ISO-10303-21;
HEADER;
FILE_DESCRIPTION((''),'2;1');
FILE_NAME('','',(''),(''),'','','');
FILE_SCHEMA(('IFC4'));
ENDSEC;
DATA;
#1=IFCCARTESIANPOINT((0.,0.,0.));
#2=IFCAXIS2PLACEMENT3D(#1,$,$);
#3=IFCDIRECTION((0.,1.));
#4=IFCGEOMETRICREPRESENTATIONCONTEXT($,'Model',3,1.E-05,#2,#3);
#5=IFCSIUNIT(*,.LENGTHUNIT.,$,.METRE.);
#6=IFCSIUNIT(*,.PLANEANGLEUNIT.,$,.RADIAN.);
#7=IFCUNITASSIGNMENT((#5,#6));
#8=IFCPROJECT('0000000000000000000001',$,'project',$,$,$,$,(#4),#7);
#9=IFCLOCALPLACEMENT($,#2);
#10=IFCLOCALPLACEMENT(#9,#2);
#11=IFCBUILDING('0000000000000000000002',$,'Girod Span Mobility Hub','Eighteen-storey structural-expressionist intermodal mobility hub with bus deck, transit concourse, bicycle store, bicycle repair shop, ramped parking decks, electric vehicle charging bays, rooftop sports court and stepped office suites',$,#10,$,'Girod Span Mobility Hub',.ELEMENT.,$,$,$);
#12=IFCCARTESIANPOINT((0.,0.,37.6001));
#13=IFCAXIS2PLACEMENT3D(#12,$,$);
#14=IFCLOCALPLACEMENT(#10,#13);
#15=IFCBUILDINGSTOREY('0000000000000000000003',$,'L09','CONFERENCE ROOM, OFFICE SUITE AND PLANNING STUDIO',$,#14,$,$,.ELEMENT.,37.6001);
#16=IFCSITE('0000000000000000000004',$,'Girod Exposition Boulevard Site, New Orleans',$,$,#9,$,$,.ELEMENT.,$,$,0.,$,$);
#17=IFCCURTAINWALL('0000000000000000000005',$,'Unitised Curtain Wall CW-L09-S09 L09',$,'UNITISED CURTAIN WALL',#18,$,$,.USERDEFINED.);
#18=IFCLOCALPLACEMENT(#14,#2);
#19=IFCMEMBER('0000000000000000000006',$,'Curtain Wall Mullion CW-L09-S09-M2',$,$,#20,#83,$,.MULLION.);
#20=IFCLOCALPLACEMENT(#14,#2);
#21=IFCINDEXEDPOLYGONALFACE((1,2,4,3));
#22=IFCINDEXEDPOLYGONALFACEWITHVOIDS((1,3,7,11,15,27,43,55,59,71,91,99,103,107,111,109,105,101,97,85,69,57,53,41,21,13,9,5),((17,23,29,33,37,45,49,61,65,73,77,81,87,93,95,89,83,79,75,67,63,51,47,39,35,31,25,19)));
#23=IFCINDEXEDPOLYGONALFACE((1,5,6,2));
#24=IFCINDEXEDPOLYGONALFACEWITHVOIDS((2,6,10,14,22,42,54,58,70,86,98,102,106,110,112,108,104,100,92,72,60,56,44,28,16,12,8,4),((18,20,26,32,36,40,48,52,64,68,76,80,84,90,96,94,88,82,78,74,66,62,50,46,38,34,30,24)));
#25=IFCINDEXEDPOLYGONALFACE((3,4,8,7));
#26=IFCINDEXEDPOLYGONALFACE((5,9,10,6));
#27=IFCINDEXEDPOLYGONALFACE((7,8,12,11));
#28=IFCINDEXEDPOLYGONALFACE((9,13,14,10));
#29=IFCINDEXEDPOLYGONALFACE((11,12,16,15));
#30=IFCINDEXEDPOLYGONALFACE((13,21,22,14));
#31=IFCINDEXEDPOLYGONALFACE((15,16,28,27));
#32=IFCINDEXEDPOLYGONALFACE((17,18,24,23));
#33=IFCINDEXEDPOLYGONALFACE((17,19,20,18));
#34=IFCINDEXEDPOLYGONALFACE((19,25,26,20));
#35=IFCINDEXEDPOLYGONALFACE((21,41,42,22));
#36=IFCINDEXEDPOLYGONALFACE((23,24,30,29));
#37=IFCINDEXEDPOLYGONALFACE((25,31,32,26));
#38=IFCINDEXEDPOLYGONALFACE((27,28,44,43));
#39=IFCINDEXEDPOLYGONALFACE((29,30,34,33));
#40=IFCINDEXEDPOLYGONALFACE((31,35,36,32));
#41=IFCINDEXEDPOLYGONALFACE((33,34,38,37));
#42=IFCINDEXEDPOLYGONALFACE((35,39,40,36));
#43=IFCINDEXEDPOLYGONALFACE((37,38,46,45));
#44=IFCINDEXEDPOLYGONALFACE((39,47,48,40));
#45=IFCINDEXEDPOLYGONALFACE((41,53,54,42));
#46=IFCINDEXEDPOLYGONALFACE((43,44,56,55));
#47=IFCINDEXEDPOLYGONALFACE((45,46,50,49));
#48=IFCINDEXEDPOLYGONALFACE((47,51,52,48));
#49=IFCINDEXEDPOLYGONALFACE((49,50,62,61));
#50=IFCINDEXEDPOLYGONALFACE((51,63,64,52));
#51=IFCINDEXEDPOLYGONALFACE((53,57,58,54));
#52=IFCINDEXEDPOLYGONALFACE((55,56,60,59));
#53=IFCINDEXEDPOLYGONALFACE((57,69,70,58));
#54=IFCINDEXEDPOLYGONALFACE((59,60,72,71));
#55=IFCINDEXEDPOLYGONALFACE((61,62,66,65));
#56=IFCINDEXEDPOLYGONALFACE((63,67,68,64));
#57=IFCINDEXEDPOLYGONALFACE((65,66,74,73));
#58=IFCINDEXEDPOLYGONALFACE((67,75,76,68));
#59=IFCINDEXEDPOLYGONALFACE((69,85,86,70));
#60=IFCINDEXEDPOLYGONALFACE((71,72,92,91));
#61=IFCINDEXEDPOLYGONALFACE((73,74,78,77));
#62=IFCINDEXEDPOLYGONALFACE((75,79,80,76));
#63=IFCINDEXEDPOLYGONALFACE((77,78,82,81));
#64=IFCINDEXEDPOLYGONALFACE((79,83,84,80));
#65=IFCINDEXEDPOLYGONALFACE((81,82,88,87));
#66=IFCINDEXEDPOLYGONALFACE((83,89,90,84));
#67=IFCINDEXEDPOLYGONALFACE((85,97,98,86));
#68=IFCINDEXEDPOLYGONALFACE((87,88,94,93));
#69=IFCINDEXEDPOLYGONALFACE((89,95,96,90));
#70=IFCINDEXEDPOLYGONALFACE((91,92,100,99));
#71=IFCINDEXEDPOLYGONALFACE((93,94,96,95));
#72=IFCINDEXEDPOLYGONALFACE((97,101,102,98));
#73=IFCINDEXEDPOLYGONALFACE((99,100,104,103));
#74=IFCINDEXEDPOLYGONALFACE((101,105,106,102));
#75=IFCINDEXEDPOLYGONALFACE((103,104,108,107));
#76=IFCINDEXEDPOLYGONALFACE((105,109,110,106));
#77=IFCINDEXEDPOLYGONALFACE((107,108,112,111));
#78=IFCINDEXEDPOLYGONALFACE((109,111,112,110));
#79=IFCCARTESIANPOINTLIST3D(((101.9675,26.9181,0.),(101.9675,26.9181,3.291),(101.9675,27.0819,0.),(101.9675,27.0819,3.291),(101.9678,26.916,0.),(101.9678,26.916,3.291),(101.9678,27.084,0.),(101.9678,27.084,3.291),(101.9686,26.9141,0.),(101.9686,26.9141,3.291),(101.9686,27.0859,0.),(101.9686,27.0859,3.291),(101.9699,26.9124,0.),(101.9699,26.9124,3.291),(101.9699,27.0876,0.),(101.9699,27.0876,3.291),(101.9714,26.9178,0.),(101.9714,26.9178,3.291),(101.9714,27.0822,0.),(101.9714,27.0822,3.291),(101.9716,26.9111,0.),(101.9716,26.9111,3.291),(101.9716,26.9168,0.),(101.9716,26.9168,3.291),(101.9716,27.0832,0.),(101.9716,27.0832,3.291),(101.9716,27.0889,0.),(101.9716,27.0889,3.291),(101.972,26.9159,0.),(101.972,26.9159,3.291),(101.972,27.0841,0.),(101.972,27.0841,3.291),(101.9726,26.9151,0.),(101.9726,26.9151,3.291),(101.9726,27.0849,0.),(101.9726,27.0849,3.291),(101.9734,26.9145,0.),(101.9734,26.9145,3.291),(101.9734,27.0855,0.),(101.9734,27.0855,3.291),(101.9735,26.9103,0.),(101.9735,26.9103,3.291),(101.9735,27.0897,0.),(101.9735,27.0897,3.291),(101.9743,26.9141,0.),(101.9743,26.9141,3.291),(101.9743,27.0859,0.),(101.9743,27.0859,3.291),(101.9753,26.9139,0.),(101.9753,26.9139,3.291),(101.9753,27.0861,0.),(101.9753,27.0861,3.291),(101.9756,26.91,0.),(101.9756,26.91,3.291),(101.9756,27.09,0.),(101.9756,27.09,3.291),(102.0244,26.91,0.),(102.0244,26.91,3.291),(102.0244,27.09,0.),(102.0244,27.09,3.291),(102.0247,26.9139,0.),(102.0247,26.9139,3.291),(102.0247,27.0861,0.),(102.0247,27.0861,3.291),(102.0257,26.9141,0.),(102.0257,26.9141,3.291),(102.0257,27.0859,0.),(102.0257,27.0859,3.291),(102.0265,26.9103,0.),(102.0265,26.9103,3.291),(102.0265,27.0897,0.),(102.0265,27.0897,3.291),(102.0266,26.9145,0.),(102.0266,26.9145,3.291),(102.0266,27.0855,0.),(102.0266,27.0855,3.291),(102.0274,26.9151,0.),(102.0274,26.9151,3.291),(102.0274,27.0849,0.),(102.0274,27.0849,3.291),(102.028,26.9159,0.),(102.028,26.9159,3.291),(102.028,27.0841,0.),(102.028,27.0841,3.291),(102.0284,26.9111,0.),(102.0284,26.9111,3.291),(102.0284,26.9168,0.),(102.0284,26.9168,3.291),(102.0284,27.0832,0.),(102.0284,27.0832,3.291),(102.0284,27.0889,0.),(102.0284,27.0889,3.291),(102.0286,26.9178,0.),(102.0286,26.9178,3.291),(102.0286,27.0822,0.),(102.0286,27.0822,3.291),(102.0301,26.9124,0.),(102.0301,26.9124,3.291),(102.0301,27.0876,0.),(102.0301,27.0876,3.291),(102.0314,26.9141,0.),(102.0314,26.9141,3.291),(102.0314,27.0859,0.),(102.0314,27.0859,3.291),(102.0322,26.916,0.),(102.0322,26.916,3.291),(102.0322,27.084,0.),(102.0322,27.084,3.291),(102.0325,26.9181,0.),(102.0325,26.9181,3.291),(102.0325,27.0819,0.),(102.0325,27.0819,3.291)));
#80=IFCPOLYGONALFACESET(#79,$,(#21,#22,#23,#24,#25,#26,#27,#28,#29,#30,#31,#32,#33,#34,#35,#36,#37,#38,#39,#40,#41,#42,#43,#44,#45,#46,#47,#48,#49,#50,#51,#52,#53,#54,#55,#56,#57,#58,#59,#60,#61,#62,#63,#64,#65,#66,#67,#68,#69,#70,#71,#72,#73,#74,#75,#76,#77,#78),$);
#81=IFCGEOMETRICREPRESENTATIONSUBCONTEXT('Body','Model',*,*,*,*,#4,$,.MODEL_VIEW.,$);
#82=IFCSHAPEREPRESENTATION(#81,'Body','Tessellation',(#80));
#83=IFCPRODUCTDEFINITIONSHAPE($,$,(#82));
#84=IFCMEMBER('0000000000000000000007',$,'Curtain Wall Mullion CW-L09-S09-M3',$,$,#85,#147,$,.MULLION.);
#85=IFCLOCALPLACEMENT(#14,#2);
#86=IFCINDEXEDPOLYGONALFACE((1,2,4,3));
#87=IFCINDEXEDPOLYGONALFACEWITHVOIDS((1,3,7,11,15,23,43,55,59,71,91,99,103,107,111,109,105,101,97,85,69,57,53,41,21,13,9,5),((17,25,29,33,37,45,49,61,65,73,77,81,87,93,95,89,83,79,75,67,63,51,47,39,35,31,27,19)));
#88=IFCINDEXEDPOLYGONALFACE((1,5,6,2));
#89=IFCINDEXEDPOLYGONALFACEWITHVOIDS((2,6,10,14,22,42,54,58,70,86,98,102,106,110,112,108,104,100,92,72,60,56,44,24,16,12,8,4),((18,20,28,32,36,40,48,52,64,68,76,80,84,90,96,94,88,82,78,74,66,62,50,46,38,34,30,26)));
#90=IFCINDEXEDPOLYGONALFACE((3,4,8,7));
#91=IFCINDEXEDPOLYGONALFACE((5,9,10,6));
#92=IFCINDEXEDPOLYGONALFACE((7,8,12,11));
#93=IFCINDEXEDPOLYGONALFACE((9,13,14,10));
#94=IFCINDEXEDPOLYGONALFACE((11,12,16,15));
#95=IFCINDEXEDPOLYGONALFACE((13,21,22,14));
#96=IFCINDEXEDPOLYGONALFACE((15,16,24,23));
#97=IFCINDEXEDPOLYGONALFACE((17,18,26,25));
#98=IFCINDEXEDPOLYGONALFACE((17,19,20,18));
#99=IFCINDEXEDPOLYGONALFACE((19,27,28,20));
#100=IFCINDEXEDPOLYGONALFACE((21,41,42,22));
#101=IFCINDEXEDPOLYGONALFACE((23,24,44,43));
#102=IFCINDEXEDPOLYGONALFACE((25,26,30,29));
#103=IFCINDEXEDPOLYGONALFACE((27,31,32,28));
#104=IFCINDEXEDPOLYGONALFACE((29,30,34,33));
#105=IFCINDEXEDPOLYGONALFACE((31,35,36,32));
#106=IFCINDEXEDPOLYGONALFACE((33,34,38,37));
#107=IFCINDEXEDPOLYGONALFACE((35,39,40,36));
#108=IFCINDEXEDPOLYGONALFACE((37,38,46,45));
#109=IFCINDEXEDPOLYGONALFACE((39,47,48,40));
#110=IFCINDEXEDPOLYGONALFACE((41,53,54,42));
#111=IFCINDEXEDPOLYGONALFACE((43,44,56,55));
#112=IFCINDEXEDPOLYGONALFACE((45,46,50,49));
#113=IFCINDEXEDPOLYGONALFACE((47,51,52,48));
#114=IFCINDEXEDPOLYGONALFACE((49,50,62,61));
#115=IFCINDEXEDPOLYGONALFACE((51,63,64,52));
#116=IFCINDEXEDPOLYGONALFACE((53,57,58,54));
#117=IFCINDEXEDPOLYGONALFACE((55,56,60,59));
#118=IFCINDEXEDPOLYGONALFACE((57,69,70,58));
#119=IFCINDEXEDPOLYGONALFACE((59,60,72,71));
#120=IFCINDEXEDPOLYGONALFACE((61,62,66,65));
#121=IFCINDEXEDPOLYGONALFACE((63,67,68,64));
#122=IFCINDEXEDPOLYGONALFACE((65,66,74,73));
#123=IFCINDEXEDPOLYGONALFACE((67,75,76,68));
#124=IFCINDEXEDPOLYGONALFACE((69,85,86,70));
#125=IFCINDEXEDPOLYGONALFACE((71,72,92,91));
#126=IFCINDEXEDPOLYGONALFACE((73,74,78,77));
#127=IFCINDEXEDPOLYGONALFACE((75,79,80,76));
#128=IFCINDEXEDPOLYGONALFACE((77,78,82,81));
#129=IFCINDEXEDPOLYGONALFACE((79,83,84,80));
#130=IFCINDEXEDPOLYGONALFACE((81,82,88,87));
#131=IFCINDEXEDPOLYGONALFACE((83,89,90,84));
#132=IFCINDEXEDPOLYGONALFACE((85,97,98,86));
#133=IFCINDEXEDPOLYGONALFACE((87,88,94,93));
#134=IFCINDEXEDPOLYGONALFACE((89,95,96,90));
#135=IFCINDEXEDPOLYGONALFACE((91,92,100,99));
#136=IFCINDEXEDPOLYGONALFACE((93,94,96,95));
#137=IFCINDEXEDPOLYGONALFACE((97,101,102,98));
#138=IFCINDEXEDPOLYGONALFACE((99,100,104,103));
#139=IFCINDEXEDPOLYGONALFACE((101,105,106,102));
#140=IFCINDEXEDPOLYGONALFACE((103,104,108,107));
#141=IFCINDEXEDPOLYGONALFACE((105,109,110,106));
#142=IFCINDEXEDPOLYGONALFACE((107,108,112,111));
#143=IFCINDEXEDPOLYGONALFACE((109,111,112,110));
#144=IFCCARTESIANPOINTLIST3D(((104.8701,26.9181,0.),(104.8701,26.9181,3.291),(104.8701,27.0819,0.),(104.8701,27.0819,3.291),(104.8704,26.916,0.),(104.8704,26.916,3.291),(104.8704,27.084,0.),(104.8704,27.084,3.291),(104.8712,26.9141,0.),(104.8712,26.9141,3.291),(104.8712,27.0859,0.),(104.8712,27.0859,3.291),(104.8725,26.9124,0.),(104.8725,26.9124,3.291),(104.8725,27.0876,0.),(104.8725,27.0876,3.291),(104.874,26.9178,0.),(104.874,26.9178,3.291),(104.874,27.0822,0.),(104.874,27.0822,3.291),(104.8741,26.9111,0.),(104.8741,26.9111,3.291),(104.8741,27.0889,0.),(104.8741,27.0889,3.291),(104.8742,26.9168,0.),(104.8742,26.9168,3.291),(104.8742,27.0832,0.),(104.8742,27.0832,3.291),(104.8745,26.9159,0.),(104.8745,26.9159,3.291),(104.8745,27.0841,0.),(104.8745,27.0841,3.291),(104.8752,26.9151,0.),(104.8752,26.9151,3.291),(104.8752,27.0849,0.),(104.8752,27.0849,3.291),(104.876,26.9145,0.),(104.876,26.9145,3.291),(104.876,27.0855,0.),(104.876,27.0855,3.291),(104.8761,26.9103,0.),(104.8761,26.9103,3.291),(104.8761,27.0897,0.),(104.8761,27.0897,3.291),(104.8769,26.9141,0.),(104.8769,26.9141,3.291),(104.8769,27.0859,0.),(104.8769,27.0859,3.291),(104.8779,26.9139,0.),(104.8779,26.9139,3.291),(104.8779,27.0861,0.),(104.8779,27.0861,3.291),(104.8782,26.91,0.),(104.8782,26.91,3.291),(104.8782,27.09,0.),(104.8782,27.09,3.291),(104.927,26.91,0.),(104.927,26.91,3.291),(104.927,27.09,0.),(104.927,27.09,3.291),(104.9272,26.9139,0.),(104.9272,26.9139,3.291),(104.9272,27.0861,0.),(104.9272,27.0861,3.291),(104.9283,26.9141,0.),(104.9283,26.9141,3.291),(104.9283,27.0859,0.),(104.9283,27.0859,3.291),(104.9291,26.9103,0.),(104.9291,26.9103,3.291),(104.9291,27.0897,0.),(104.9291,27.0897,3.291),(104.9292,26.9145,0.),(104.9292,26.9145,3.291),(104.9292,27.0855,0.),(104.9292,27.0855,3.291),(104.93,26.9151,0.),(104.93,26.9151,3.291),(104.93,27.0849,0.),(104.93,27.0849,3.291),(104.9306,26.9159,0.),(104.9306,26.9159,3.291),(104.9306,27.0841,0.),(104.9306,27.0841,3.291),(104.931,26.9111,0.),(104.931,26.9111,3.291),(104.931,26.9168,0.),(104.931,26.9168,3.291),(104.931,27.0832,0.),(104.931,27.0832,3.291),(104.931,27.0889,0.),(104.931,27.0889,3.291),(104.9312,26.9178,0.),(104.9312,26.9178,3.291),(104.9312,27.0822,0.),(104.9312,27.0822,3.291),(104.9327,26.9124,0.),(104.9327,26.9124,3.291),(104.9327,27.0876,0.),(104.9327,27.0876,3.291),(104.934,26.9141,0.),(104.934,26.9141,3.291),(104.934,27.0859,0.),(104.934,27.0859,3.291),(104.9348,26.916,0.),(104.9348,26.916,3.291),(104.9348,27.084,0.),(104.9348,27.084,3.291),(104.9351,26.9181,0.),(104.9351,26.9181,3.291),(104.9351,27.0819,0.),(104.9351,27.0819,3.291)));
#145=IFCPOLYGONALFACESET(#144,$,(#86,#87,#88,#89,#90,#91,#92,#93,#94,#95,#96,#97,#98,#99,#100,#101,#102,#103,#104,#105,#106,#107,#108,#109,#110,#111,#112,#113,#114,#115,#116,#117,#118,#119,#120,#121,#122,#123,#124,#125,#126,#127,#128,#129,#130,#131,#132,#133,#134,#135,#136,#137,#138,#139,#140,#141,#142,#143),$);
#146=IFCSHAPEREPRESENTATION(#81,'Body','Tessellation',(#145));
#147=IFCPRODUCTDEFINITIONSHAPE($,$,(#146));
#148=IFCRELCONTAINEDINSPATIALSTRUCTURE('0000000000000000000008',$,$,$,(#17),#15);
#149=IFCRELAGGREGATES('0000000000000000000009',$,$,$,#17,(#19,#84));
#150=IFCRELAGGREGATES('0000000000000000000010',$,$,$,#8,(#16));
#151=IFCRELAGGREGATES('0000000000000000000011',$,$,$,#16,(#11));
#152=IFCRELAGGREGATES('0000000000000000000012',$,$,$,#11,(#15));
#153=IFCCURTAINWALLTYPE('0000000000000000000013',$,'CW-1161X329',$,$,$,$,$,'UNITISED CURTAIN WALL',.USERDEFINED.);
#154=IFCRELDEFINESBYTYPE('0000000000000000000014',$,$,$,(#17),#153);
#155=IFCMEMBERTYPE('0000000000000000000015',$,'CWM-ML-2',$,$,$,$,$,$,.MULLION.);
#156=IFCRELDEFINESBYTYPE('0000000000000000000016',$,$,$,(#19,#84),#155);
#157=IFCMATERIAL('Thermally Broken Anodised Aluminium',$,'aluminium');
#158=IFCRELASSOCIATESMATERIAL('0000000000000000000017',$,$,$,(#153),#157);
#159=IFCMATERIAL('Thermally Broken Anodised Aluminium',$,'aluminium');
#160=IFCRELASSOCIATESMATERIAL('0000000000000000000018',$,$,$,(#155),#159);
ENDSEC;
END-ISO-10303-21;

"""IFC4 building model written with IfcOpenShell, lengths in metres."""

from ifc_helpers import new_model, si_unit, direction, frame, origin, origin_2d, place, context, subcontext, project, spatial, hollow_rectangle, extrude, material, material_profile, profile_set, type_object, element, aggregate, save


model = new_model("IFC4")

# Units and contexts
model_context = context("Model", 3, precision=1e-05, world=origin(), true_north=direction((0.0, 1.0)))
body_context = subcontext(model_context, "Body", "Model", "MODEL_VIEW")
ifc_project = project(units=[si_unit("LENGTHUNIT", "METRE"), si_unit("PLANEANGLEUNIT", "RADIAN")], contexts=[model_context])

# Site, building, storey
site_placement = place(None, origin())
site = spatial("IfcSite", under=ifc_project, at=site_placement, Name="Girod Exposition Boulevard Site, New Orleans", CompositionType="ELEMENT", RefElevation=0.0)
building_placement = place(site_placement, origin())
building = spatial("IfcBuilding", under=site, at=building_placement, Name="Girod Span Mobility Hub", Description="Eighteen-storey structural-expressionist intermodal mobility hub with bus deck, transit concourse, bicycle store, bicycle repair shop, ramped parking decks, electric vehicle charging bays, rooftop sports court and stepped office suites", LongName="Girod Span Mobility Hub", CompositionType="ELEMENT")
storey_placement = place(building_placement, frame((0.0, 0.0, 37.6001)))
storey = spatial("IfcBuildingStorey", under=building, at=storey_placement, Name="L09", Description="CONFERENCE ROOM, OFFICE SUITE AND PLANNING STUDIO", CompositionType="ELEMENT", Elevation=37.6001)

# Curtain wall, members
ifc_material_1 = material(Name="Thermally Broken Anodised Aluminium", Category="aluminium")
curtain_wall_type = type_object("IfcCurtainWallType", Name="CW-1161X329", ElementType="UNITISED CURTAIN WALL", PredefinedType="USERDEFINED", material=ifc_material_1)
curtain_wall_1_placement = place(storey_placement, origin())
curtain_wall_1 = element("IfcCurtainWall", 1, at=curtain_wall_1_placement, inside=storey, type_object=curtain_wall_type, Name="Unitised Curtain Wall CW-L09-S09 L09", ObjectType="UNITISED CURTAIN WALL", PredefinedType="USERDEFINED")
ifc_material_2 = material(Name="Thermally Broken Anodised Aluminium", Category="aluminium")
ifc_material_profile_1 = material_profile(ifc_material_2, hollow_rectangle(XDim=0.1799, YDim=0.0649, WallThickness=0.0039, InnerFilletRadius=0.0039, OuterFilletRadius=0.0081, at=origin_2d()), Name="CW-ML-65X180")
ifc_profile_set_1 = profile_set([ifc_material_profile_1], Name="Thermally Broken Anodised Aluminium")
member_type_1 = type_object("IfcMemberType", Name="CWM-ML-2", PredefinedType="MULLION", material=ifc_profile_set_1)
member_1_placement = place(storey_placement, frame((102.0, 27.0, 0.0), z_axis=(0.0, 0.0, 1.0), x_axis=(0.0, 1.0, 0.0)))
member_1 = element("IfcMember", 2, at=member_1_placement, type_object=member_type_1, Name="Curtain Wall Mullion CW-L09-S09-M2", PredefinedType="MULLION", context=body_context, shape_type="SweptSolid", body=[
    extrude(hollow_rectangle(XDim=0.1799, YDim=0.0649, WallThickness=0.0039, InnerFilletRadius=0.0039, OuterFilletRadius=0.0081, at=origin_2d()), origin(), (0.0, 0.0, 1.0), 3.291),
])
member_2_placement = place(storey_placement, frame((104.9026, 27.0, 0.0), z_axis=(0.0, 0.0, 1.0), x_axis=(0.0, 1.0, 0.0)))
member_2 = element("IfcMember", 3, at=member_2_placement, type_object=member_type_1, Name="Curtain Wall Mullion CW-L09-S09-M3", PredefinedType="MULLION", context=body_context, shape_type="SweptSolid", body=[
    extrude(hollow_rectangle(XDim=0.1799, YDim=0.0649, WallThickness=0.0039, InnerFilletRadius=0.0039, OuterFilletRadius=0.0081, at=origin_2d()), origin(), (0.0, 0.0, 1.0), 3.291),
])

aggregate(curtain_wall_1, [member_1, member_2])

save(model, "model.ifc")
